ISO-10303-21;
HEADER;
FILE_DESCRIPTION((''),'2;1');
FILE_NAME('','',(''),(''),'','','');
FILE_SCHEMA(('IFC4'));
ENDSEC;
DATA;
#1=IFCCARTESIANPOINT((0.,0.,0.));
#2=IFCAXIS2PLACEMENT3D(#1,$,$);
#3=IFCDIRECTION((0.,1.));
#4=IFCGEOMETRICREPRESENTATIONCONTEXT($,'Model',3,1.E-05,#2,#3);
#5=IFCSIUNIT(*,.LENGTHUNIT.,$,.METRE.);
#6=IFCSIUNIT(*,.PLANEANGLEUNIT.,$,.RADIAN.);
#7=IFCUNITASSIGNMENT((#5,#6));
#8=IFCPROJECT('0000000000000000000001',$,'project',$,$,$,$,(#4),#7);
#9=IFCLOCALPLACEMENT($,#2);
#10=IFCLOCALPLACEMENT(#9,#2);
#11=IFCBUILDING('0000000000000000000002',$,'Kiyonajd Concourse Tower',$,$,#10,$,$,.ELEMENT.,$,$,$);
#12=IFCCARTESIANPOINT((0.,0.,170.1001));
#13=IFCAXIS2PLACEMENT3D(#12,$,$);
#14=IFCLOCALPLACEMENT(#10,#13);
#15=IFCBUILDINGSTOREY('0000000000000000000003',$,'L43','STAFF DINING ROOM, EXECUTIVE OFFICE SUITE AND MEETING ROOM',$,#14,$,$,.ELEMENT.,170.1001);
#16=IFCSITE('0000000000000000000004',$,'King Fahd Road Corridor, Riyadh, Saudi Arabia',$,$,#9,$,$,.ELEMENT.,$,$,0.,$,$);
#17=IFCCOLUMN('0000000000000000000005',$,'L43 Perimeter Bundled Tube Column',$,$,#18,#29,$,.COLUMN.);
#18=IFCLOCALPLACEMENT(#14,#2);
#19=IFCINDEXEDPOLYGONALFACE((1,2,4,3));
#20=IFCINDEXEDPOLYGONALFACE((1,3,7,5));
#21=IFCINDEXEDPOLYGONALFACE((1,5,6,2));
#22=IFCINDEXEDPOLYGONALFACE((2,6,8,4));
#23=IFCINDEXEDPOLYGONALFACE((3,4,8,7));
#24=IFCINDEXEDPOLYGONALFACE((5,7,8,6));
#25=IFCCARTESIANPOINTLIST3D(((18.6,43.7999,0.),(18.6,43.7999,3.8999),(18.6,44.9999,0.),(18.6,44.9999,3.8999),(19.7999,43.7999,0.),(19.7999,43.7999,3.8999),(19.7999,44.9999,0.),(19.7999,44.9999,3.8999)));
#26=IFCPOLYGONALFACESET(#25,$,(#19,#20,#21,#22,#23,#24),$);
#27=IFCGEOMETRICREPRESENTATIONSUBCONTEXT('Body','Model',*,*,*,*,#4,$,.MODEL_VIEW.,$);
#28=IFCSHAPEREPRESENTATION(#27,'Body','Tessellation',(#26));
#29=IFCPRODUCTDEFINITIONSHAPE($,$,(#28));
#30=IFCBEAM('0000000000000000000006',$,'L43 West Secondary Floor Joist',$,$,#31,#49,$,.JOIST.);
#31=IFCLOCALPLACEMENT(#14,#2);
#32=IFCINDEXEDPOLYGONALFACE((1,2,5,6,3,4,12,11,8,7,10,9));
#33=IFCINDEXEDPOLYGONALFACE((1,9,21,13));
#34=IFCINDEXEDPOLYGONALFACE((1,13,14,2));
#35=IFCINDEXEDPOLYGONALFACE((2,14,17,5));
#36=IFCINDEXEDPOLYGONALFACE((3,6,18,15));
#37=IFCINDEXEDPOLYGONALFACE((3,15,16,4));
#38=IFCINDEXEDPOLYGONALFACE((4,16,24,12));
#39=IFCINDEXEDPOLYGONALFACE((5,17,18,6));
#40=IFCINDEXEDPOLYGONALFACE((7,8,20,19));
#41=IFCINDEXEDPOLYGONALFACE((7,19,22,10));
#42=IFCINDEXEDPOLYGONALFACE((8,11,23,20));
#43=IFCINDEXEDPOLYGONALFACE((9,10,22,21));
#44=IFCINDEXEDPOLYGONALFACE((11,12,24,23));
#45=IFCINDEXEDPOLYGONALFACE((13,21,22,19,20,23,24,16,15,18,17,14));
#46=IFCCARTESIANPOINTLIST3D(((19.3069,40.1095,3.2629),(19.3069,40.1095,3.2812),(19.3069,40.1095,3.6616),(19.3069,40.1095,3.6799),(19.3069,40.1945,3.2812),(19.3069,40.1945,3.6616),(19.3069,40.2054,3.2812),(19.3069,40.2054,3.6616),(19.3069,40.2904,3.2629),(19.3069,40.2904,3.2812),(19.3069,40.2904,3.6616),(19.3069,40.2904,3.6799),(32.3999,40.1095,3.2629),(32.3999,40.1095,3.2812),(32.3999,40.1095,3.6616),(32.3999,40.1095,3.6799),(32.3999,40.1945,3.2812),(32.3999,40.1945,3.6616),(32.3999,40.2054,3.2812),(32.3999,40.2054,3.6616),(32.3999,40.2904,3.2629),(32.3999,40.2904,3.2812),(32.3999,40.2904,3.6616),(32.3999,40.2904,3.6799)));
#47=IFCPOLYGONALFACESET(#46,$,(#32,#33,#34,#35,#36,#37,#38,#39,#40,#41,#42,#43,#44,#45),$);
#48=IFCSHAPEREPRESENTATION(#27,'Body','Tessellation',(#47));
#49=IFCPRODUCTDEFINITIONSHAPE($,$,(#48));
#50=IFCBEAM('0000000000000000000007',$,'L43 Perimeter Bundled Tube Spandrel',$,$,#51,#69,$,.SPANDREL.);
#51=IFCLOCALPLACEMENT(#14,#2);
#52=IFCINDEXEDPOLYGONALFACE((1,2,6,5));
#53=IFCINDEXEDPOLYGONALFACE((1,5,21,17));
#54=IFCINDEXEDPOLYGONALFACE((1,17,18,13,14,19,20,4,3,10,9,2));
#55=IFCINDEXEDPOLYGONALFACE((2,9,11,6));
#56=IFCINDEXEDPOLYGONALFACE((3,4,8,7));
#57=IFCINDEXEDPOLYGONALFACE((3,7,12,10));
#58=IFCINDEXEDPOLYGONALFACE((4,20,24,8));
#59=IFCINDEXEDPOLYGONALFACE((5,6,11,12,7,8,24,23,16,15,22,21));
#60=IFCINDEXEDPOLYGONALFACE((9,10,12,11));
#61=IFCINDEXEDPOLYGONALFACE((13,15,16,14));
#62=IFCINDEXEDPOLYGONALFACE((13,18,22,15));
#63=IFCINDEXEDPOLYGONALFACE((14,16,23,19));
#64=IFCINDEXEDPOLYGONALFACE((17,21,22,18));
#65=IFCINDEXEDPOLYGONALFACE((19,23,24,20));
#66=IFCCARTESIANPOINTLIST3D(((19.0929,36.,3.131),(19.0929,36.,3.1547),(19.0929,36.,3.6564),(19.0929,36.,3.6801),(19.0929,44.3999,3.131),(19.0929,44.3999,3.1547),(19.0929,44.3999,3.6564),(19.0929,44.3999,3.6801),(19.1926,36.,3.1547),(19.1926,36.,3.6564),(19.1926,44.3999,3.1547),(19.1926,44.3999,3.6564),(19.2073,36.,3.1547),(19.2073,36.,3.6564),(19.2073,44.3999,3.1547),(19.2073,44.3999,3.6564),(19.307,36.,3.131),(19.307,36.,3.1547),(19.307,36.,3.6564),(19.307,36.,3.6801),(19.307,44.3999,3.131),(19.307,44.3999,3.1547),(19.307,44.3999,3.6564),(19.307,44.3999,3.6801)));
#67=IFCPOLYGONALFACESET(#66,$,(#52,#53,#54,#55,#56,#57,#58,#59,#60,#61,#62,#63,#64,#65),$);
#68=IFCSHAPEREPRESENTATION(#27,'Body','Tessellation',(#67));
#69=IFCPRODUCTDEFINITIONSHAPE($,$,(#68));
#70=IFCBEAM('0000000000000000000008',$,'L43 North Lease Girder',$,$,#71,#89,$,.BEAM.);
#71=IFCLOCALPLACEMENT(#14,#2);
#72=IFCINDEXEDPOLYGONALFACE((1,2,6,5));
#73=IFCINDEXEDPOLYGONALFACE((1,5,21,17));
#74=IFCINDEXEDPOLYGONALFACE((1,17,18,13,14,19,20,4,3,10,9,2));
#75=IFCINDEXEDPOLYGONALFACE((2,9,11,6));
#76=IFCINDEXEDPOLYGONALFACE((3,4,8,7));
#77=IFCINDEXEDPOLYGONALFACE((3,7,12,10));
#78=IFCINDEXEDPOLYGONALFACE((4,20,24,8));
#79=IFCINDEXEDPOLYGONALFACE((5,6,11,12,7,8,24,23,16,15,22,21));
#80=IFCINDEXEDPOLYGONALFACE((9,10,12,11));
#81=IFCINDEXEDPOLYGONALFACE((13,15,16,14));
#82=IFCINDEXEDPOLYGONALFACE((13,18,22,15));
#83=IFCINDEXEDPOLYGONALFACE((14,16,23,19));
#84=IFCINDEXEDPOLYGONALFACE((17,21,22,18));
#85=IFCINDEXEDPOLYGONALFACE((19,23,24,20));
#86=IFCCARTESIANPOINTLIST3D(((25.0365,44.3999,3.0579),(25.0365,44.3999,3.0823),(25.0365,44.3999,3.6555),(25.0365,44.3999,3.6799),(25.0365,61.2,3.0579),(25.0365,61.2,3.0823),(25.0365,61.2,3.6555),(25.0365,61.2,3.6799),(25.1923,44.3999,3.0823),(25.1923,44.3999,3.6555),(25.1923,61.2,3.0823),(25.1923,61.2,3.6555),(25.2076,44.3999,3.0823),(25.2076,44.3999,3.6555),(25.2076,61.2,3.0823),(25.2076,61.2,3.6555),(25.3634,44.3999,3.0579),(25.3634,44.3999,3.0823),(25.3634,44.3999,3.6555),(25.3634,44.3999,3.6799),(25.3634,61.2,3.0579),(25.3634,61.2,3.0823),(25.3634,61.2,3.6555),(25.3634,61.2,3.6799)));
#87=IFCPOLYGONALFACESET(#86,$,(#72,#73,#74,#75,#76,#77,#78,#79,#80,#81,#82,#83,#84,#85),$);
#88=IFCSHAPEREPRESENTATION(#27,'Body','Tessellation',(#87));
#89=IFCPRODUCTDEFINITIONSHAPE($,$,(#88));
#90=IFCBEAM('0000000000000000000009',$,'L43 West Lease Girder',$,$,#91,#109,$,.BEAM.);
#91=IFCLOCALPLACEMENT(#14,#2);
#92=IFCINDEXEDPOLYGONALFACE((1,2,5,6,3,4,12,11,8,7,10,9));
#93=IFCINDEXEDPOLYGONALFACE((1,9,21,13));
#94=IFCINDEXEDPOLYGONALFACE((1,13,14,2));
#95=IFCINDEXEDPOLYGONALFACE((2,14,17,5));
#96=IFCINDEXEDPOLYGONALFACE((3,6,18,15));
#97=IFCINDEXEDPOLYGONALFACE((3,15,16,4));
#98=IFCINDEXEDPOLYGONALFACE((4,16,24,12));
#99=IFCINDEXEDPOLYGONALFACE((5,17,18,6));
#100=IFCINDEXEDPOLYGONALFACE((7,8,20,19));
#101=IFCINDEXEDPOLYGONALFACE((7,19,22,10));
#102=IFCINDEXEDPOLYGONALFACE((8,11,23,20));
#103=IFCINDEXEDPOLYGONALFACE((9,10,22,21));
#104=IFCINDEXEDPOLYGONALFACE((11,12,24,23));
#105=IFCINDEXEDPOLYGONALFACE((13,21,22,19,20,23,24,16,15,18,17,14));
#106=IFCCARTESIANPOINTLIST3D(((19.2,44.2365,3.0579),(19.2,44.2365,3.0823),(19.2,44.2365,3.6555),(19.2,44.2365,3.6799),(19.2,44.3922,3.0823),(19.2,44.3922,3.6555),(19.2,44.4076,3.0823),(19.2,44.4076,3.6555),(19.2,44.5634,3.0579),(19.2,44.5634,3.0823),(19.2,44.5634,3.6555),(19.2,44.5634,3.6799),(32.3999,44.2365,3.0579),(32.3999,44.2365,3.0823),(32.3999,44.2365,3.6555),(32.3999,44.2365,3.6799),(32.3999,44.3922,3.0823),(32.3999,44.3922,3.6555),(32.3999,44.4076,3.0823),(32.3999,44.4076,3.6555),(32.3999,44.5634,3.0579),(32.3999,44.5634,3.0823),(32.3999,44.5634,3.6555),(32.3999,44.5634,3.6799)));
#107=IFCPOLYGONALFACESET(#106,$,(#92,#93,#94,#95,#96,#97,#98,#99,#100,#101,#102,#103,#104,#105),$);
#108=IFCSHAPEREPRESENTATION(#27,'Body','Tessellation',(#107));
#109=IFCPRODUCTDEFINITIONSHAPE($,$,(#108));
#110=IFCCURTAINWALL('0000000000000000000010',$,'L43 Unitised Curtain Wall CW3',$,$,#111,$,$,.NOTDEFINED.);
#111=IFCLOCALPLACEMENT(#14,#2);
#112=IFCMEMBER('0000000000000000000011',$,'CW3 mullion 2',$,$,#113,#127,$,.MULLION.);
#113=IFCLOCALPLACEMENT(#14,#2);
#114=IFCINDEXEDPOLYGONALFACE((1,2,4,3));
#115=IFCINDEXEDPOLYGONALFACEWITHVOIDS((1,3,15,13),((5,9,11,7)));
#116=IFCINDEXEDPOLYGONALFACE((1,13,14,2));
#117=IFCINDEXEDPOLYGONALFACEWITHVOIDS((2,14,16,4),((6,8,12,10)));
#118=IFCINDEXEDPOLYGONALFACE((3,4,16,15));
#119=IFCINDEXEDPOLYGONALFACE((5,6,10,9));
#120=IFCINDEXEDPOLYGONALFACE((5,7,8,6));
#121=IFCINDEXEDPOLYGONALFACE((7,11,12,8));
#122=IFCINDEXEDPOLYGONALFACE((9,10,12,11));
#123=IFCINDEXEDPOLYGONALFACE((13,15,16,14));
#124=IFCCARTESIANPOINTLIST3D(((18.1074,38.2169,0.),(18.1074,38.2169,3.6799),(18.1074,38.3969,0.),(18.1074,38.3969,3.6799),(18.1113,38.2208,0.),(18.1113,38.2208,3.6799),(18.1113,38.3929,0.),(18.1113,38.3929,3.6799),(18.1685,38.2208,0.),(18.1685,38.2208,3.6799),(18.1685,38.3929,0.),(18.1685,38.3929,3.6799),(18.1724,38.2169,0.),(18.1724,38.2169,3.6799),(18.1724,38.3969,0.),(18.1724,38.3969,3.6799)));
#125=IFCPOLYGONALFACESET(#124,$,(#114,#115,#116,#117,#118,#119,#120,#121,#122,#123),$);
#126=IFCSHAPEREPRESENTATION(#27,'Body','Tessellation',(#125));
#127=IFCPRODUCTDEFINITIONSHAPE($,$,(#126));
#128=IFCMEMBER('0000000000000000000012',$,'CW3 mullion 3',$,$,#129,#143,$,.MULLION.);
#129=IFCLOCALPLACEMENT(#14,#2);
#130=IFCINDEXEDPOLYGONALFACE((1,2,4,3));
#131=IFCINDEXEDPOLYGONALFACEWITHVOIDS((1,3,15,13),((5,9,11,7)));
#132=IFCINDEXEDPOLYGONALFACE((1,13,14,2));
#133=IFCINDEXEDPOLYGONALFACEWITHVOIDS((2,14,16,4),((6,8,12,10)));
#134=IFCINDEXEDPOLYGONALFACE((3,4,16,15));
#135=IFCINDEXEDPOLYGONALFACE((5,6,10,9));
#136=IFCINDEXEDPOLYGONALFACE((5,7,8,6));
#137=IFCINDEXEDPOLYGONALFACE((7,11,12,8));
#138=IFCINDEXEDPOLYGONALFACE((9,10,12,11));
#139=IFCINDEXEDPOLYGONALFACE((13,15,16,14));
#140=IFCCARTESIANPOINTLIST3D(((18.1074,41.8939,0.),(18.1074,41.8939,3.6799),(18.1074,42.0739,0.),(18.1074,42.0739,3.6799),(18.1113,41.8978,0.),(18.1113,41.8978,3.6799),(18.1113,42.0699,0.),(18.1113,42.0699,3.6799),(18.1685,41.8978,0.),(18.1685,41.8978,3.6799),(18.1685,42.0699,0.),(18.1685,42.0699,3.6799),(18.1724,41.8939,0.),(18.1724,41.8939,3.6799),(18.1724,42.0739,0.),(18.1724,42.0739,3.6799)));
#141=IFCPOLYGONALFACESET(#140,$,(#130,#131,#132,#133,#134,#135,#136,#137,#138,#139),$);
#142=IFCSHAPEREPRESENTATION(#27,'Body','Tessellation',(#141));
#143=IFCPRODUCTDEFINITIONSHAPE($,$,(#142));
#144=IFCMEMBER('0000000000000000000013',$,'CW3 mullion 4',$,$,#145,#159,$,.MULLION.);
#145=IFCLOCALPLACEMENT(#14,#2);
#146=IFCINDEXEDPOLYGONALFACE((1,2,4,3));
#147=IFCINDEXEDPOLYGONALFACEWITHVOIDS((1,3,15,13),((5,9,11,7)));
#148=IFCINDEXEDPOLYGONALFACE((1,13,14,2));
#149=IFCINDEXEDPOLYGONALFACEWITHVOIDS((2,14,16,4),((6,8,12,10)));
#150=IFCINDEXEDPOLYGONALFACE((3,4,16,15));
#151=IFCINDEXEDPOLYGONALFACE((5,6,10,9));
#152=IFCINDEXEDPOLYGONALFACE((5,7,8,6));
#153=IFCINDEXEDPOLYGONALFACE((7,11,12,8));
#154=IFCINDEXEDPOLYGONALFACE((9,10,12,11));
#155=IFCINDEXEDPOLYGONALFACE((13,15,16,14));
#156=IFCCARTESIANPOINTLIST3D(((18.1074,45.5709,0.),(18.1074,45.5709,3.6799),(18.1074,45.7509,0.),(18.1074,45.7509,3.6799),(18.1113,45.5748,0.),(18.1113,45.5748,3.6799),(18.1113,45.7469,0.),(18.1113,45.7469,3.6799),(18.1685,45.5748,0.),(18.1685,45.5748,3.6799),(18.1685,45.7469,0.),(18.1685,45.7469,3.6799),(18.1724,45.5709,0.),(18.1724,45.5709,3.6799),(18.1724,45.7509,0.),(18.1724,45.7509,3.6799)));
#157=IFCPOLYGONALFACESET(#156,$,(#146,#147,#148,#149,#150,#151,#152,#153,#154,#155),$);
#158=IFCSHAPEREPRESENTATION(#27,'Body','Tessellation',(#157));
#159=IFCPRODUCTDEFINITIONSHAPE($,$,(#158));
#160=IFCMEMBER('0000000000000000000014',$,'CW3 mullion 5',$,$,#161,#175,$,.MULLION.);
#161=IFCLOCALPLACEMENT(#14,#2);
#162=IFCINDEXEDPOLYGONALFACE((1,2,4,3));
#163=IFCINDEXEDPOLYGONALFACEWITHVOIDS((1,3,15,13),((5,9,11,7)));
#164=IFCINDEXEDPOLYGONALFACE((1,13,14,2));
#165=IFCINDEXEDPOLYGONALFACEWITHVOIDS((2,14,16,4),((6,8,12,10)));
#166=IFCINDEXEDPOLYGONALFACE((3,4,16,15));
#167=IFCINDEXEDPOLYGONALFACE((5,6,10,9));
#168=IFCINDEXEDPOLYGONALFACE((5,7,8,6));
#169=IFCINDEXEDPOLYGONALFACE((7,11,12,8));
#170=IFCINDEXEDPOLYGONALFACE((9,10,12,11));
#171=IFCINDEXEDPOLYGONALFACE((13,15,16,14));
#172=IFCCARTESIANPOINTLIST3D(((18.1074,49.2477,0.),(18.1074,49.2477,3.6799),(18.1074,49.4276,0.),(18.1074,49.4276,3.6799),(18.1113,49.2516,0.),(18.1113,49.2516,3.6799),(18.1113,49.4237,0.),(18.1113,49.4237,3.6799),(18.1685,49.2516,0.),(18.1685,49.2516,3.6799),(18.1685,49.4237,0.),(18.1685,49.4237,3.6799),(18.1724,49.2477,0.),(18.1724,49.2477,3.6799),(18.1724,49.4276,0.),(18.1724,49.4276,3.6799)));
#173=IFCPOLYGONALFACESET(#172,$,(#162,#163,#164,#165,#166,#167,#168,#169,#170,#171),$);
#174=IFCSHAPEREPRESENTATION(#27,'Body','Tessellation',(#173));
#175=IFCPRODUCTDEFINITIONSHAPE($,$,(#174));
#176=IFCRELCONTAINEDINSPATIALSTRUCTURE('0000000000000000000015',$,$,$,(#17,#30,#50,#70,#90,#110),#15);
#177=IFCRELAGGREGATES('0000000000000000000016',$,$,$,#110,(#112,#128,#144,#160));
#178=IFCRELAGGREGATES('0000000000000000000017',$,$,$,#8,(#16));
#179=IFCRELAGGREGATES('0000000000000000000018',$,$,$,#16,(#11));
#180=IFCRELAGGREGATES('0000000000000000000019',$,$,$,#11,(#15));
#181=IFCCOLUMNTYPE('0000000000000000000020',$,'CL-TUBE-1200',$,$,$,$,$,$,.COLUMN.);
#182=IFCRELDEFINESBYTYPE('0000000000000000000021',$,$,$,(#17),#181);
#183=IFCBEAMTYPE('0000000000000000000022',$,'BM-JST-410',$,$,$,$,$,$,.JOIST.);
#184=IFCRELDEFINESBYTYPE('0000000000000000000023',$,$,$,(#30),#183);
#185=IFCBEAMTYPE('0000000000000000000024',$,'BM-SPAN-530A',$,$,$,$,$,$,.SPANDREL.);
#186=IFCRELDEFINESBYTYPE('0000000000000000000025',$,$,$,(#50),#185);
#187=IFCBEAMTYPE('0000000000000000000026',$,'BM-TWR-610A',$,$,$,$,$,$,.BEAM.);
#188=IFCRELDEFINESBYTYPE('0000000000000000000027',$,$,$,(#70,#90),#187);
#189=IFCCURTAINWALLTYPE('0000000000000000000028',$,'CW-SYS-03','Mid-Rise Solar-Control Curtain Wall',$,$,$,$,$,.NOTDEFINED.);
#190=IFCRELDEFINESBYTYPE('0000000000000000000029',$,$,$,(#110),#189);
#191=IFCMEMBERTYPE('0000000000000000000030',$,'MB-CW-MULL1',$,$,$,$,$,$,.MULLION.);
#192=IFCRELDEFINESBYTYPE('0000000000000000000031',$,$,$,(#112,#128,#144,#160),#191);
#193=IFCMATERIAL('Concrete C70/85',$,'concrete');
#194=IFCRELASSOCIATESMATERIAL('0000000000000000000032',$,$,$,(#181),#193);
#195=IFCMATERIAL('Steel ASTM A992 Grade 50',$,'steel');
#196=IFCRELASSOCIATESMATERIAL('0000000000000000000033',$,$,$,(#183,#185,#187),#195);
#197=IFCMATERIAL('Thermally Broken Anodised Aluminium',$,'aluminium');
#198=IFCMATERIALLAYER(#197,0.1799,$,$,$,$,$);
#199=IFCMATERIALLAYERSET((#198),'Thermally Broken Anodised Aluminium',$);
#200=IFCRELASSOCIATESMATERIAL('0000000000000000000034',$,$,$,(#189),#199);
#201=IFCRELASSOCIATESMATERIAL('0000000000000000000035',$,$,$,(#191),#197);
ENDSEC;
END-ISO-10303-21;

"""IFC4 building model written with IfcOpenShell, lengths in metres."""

from ifc_helpers import new_model, si_unit, direction, frame, origin, origin_2d, place, context, subcontext, project, spatial, rectangle, hollow_rectangle, i_section, extrude, material, layer, layer_set, material_profile, profile_set, type_object, element, aggregate, save


model = new_model("IFC4")

# Units and contexts
model_context = context("Model", 3, precision=1e-05, world=origin(), true_north=direction((0.0, 1.0)))
body_context = subcontext(model_context, "Body", "Model", "MODEL_VIEW")
ifc_project = project(units=[si_unit("LENGTHUNIT", "METRE"), si_unit("PLANEANGLEUNIT", "RADIAN")], contexts=[model_context])

# Site, building, storey
site_placement = place(None, origin())
site = spatial("IfcSite", under=ifc_project, at=site_placement, Name="King Fahd Road Corridor, Riyadh, Saudi Arabia", CompositionType="ELEMENT", RefElevation=0.0)
building_placement = place(site_placement, origin())
building = spatial("IfcBuilding", under=site, at=building_placement, Name="Kiyonajd Concourse Tower", CompositionType="ELEMENT")
storey_placement = place(building_placement, frame((0.0, 0.0, 170.1001)))
storey = spatial("IfcBuildingStorey", under=building, at=storey_placement, Name="L43", Description="STAFF DINING ROOM, EXECUTIVE OFFICE SUITE AND MEETING ROOM", CompositionType="ELEMENT", Elevation=170.1001)

# Column
ifc_material_1 = material(Name="Concrete C70/85", Category="concrete")
ifc_material_profile_1 = material_profile(ifc_material_1, rectangle(XDim=1.2, YDim=1.2, at=origin_2d()), Name="RC-1200x1200")
ifc_profile_set_1 = profile_set([ifc_material_profile_1], Name="Concrete C70/85")
column_type = type_object("IfcColumnType", Name="CL-TUBE-1200", PredefinedType="COLUMN", material=ifc_profile_set_1)
column_placement = place(storey_placement, frame((19.2, 44.3999, 0.0), z_axis=(0.0, 0.0, 1.0), x_axis=(1.0, 0.0, 0.0)))
element("IfcColumn", 1, at=column_placement, inside=storey, type_object=column_type, Name="L43 Perimeter Bundled Tube Column", PredefinedType="COLUMN", context=body_context, shape_type="SweptSolid", body=[
    extrude(rectangle(XDim=1.2, YDim=1.2, at=origin_2d()), origin(), (0.0, 0.0, 1.0), 3.8999),
])

# Beams
ifc_material_2 = material(Name="Steel ASTM A992 Grade 50", Category="steel")
ifc_material_profile_2 = material_profile(ifc_material_2, i_section(OverallWidth=0.1809, OverallDepth=0.417, WebThickness=0.011, FlangeThickness=0.0183, at=origin_2d()), Name="W410X85")
ifc_profile_set_2 = profile_set([ifc_material_profile_2], Name="Steel ASTM A992 Grade 50")
beam_type_1 = type_object("IfcBeamType", Name="BM-JST-410", PredefinedType="JOIST", material=ifc_profile_set_2)
beam_1_placement = place(storey_placement, frame((19.3069, 40.2, 3.4714), z_axis=(1.0, 0.0, 0.0), x_axis=(0.0, 1.0, 0.0)))
element("IfcBeam", 2, at=beam_1_placement, inside=storey, type_object=beam_type_1, Name="L43 West Secondary Floor Joist", PredefinedType="JOIST", context=body_context, shape_type="SweptSolid", body=[
    extrude(i_section(OverallWidth=0.1809, OverallDepth=0.417, WebThickness=0.011, FlangeThickness=0.0183, at=origin_2d()), origin(), (0.0, 0.0, 1.0), 13.093),
])
ifc_material_profile_3 = material_profile(ifc_material_2, i_section(OverallWidth=0.2141, OverallDepth=0.5491, WebThickness=0.0146, FlangeThickness=0.0237, at=origin_2d()), Name="W530X138")
ifc_profile_set_3 = profile_set([ifc_material_profile_3], Name="Steel ASTM A992 Grade 50")
beam_type_2 = type_object("IfcBeamType", Name="BM-SPAN-530A", PredefinedType="SPANDREL", material=ifc_profile_set_3)
beam_2_placement = place(storey_placement, frame((19.2, 44.3999, 3.4055), z_axis=(0.0, -1.0, 0.0), x_axis=(1.0, 0.0, 0.0)))
element("IfcBeam", 3, at=beam_2_placement, inside=storey, type_object=beam_type_2, Name="L43 Perimeter Bundled Tube Spandrel", PredefinedType="SPANDREL", context=body_context, shape_type="SweptSolid", body=[
    extrude(i_section(OverallWidth=0.2141, OverallDepth=0.5491, WebThickness=0.0146, FlangeThickness=0.0237, at=origin_2d()), origin(), (0.0, 0.0, 1.0), 8.3999),
])
ifc_material_profile_4 = material_profile(ifc_material_2, i_section(OverallWidth=0.3269, OverallDepth=0.6221, WebThickness=0.0154, FlangeThickness=0.0244, at=origin_2d()), Name="W610X195")
ifc_profile_set_4 = profile_set([ifc_material_profile_4], Name="Steel ASTM A992 Grade 50")
beam_type_3 = type_object("IfcBeamType", Name="BM-TWR-610A", PredefinedType="BEAM", material=ifc_profile_set_4)
beam_3_placement = place(storey_placement, frame((25.2, 44.3999, 3.3689), z_axis=(0.0, 1.0, 0.0), x_axis=(-1.0, 0.0, 0.0)))
element("IfcBeam", 4, at=beam_3_placement, inside=storey, type_object=beam_type_3, Name="L43 North Lease Girder", PredefinedType="BEAM", context=body_context, shape_type="SweptSolid", body=[
    extrude(i_section(OverallWidth=0.3269, OverallDepth=0.6221, WebThickness=0.0154, FlangeThickness=0.0244, at=origin_2d()), origin(), (0.0, 0.0, 1.0), 16.8),
])
beam_4_placement = place(storey_placement, frame((19.2, 44.3999, 3.3689), z_axis=(1.0, 0.0, 0.0), x_axis=(0.0, 1.0, 0.0)))
element("IfcBeam", 5, at=beam_4_placement, inside=storey, type_object=beam_type_3, Name="L43 West Lease Girder", PredefinedType="BEAM", context=body_context, shape_type="SweptSolid", body=[
    extrude(i_section(OverallWidth=0.3269, OverallDepth=0.6221, WebThickness=0.0154, FlangeThickness=0.0244, at=origin_2d()), origin(), (0.0, 0.0, 1.0), 13.2),
])

# Curtain wall, members
ifc_material_3 = material(Name="Thermally Broken Anodised Aluminium", Category="aluminium")
ifc_layer_1 = layer(ifc_material_3, 0.1799)
ifc_layer_set_1 = layer_set([ifc_layer_1], Name="Thermally Broken Anodised Aluminium")
curtain_wall_type = type_object("IfcCurtainWallType", Name="CW-SYS-03", Description="Mid-Rise Solar-Control Curtain Wall", PredefinedType="NOTDEFINED", material=ifc_layer_set_1)
curtain_wall_placement = place(storey_placement, origin())
curtain_wall = element("IfcCurtainWall", 6, at=curtain_wall_placement, inside=storey, type_object=curtain_wall_type, Name="L43 Unitised Curtain Wall CW3", PredefinedType="NOTDEFINED")
ifc_material_profile_5 = material_profile(ifc_material_3, hollow_rectangle(XDim=0.0649, YDim=0.1799, WallThickness=0.0039, at=origin_2d()), Name="MULL-65x180")
ifc_profile_set_5 = profile_set([ifc_material_profile_5], Name="Thermally Broken Anodised Aluminium")
member_type_1 = type_object("IfcMemberType", Name="MB-CW-MULL1", PredefinedType="MULLION", material=ifc_profile_set_5)
member_1_placement = place(storey_placement, frame((18.1399, 38.3069, 0.0), z_axis=(0.0, 0.0, 1.0), x_axis=(-1.0, 0.0, 0.0)))
member_1 = element("IfcMember", 7, at=member_1_placement, type_object=member_type_1, Name="CW3 mullion 2", PredefinedType="MULLION", context=body_context, shape_type="SweptSolid", body=[
    extrude(hollow_rectangle(XDim=0.0649, YDim=0.1799, WallThickness=0.0039, at=origin_2d()), origin(), (0.0, 0.0, 1.0), 3.6799),
])
member_2_placement = place(storey_placement, frame((18.1399, 41.9839, 0.0), z_axis=(0.0, 0.0, 1.0), x_axis=(-1.0, 0.0, 0.0)))
member_2 = element("IfcMember", 8, at=member_2_placement, type_object=member_type_1, Name="CW3 mullion 3", PredefinedType="MULLION", context=body_context, shape_type="SweptSolid", body=[
    extrude(hollow_rectangle(XDim=0.0649, YDim=0.1799, WallThickness=0.0039, at=origin_2d()), origin(), (0.0, 0.0, 1.0), 3.6799),
])
member_3_placement = place(storey_placement, frame((18.1399, 45.6609, 0.0), z_axis=(0.0, 0.0, 1.0), x_axis=(-1.0, 0.0, 0.0)))
member_3 = element("IfcMember", 9, at=member_3_placement, type_object=member_type_1, Name="CW3 mullion 4", PredefinedType="MULLION", context=body_context, shape_type="SweptSolid", body=[
    extrude(hollow_rectangle(XDim=0.0649, YDim=0.1799, WallThickness=0.0039, at=origin_2d()), origin(), (0.0, 0.0, 1.0), 3.6799),
])
member_4_placement = place(storey_placement, frame((18.1399, 49.3376, 0.0), z_axis=(0.0, 0.0, 1.0), x_axis=(-1.0, 0.0, 0.0)))
member_4 = element("IfcMember", 10, at=member_4_placement, type_object=member_type_1, Name="CW3 mullion 5", PredefinedType="MULLION", context=body_context, shape_type="SweptSolid", body=[
    extrude(hollow_rectangle(XDim=0.0649, YDim=0.1799, WallThickness=0.0039, at=origin_2d()), origin(), (0.0, 0.0, 1.0), 3.6799),
])
aggregate(curtain_wall, [member_1, member_2, member_3, member_4])

save(model, "model.ifc")
